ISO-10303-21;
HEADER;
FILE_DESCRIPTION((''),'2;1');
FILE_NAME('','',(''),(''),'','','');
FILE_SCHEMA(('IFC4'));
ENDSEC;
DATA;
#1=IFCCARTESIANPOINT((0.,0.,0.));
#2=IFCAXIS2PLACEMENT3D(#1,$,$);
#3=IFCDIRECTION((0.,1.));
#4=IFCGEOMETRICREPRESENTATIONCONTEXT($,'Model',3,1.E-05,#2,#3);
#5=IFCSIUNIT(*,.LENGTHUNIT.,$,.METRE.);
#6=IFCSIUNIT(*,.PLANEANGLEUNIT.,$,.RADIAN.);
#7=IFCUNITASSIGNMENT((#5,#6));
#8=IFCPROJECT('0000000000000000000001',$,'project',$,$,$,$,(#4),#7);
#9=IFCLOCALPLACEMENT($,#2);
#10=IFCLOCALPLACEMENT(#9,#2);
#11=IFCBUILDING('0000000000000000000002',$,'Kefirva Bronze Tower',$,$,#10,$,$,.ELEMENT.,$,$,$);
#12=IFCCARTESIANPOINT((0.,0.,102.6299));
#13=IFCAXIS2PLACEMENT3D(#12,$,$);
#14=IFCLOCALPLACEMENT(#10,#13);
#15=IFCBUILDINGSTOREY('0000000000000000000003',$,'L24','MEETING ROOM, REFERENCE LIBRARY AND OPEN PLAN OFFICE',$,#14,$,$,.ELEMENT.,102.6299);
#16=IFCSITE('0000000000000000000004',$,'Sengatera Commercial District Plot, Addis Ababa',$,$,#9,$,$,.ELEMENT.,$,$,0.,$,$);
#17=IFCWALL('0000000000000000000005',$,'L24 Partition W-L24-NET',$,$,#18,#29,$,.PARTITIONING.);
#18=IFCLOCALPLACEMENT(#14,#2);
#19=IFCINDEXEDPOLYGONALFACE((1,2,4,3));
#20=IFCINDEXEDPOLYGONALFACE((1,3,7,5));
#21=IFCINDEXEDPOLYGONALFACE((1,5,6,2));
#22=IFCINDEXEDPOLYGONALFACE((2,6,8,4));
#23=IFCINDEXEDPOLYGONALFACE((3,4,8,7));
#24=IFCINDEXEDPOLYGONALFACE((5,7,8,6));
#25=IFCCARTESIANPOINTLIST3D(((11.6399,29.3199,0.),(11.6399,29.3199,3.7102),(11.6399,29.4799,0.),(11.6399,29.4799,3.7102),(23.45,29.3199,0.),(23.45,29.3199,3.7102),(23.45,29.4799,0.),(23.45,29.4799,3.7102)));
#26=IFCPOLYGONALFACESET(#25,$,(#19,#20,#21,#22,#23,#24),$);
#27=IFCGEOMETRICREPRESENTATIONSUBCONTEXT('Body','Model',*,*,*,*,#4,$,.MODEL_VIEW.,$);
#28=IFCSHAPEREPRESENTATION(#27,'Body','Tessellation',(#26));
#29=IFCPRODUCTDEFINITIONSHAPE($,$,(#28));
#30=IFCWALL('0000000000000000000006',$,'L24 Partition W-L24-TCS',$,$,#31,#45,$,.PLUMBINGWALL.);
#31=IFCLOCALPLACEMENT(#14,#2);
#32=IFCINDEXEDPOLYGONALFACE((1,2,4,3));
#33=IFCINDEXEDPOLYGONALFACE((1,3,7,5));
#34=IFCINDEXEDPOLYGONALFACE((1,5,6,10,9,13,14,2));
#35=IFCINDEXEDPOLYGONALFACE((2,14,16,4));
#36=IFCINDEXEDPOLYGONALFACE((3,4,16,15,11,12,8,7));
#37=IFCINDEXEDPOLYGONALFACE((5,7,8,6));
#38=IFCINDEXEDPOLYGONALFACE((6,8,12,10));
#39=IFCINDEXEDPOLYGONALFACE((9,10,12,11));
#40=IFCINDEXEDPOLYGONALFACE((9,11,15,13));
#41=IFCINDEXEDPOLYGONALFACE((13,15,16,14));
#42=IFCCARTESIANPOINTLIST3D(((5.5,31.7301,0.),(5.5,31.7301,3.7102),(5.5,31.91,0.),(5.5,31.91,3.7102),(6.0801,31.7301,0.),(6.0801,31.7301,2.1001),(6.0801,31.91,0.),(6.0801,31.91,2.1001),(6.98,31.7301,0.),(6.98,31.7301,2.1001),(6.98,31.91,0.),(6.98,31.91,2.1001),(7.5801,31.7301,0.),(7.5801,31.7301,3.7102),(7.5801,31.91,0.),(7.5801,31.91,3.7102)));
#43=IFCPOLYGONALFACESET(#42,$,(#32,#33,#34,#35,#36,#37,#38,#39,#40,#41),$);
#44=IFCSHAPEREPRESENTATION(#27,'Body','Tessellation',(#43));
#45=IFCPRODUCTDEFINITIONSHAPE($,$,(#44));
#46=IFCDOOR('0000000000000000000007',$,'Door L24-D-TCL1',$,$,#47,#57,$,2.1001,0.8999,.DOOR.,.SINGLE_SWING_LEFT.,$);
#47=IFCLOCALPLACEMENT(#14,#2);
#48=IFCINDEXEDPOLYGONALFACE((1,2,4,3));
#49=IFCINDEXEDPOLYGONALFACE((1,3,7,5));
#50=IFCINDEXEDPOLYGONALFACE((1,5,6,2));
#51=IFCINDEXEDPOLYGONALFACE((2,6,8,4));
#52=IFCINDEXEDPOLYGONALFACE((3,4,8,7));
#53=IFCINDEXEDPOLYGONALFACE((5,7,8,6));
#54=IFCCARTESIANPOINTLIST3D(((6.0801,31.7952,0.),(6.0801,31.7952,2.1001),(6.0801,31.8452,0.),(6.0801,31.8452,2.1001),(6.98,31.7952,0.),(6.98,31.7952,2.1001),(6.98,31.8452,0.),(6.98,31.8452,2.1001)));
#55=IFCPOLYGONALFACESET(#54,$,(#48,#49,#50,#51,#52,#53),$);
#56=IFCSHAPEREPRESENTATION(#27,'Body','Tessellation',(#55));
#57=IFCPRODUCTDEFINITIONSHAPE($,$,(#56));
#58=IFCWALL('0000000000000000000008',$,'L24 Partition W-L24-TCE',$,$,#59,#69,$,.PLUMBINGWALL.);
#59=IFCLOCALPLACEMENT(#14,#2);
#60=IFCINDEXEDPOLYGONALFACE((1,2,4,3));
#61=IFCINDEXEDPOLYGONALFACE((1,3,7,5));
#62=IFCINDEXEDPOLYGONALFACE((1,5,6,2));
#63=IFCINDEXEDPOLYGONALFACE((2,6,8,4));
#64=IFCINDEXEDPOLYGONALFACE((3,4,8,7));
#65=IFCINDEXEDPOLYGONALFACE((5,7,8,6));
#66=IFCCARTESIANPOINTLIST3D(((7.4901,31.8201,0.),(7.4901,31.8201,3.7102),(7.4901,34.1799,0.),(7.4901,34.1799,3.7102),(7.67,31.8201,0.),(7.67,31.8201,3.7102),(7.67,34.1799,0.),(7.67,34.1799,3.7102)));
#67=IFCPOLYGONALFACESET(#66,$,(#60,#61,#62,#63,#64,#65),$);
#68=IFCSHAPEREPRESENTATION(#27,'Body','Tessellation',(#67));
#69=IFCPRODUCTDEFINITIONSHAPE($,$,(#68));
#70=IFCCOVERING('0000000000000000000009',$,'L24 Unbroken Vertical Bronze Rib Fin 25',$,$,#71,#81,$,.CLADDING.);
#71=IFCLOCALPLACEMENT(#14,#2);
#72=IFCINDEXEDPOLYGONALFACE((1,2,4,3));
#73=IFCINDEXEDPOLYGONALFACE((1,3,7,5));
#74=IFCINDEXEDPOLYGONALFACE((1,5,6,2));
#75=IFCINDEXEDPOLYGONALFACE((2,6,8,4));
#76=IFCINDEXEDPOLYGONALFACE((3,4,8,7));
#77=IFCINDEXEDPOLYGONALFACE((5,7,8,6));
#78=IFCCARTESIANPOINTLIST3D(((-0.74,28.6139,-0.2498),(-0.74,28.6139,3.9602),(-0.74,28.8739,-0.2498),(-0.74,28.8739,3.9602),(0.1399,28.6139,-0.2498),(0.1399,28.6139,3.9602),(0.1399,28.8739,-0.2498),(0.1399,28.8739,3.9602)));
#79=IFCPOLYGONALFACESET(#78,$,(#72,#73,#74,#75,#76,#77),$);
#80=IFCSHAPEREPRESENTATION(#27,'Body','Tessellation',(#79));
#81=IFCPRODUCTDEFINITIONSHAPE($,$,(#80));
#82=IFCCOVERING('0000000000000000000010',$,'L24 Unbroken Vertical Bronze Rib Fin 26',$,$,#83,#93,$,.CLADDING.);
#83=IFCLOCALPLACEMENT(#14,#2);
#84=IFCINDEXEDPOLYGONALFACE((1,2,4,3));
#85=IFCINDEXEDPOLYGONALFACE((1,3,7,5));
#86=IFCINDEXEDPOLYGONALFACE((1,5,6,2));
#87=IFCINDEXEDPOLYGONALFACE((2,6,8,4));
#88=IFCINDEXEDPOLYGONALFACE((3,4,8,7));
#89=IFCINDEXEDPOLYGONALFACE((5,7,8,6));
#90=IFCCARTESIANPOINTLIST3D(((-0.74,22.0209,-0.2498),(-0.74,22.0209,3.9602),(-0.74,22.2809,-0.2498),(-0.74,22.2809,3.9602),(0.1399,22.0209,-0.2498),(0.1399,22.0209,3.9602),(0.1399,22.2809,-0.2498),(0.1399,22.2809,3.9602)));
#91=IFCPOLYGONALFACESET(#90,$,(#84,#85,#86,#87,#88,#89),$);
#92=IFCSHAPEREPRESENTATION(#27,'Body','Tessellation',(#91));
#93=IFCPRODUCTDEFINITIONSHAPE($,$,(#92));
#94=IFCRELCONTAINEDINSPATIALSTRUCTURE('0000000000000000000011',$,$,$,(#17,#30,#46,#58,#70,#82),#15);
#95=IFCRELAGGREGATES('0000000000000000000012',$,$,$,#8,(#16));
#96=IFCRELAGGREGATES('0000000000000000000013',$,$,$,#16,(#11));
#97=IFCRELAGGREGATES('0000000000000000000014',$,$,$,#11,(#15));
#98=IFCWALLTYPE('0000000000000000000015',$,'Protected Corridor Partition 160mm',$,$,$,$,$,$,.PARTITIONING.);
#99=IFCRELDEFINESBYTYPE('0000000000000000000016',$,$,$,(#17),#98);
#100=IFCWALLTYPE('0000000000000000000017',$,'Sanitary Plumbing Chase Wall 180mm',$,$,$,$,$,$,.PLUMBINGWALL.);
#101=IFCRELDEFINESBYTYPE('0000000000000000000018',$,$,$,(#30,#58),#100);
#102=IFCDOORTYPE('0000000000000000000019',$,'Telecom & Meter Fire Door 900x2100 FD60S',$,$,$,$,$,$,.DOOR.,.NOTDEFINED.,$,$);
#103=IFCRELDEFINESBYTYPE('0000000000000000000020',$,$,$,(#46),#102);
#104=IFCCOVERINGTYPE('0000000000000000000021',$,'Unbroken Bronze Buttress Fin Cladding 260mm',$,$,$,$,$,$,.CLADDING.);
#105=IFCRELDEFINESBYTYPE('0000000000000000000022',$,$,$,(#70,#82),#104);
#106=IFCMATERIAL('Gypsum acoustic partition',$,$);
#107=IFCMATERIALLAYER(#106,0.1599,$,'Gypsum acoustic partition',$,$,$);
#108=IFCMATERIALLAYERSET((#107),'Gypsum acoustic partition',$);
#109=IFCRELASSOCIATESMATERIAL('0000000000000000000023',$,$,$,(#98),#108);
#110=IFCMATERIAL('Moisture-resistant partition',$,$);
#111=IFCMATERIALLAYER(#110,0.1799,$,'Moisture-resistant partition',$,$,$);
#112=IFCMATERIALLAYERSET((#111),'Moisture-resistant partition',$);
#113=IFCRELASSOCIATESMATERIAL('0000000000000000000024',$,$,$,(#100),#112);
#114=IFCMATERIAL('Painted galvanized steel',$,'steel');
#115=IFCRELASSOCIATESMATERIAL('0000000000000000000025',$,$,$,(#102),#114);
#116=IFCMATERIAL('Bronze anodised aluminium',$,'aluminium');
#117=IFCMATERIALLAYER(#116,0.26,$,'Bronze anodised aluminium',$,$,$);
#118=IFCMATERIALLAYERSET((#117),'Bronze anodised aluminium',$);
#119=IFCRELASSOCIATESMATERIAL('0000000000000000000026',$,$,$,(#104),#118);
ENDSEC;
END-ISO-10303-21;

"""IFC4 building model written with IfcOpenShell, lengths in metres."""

from ifc_helpers import new_model, si_unit, direction, frame, frame_2d, origin, origin_2d, place, context, subcontext, project, spatial, rectangle, extrude, material, layer, layer_set, type_object, element, fill, save


model = new_model("IFC4")

# Units and contexts
model_context = context("Model", 3, precision=1e-05, world=origin(), true_north=direction((0.0, 1.0)))
body_context = subcontext(model_context, "Body", "Model", "MODEL_VIEW")
ifc_project = project(units=[si_unit("LENGTHUNIT", "METRE"), si_unit("PLANEANGLEUNIT", "RADIAN")], contexts=[model_context])

# Site, building, storey
site_placement = place(None, origin())
site = spatial("IfcSite", under=ifc_project, at=site_placement, Name="Sengatera Commercial District Plot, Addis Ababa", CompositionType="ELEMENT", RefElevation=0.0)
building_placement = place(site_placement, origin())
building = spatial("IfcBuilding", under=site, at=building_placement, Name="Kefirva Bronze Tower", CompositionType="ELEMENT")
storey_placement = place(building_placement, frame((0.0, 0.0, 102.6299)))
storey = spatial("IfcBuildingStorey", under=building, at=storey_placement, Name="L24", Description="MEETING ROOM, REFERENCE LIBRARY AND OPEN PLAN OFFICE", CompositionType="ELEMENT", Elevation=102.6299)

# Shared definitions
ifc_material_1 = material(Name="Bronze anodised aluminium", Category="aluminium")

# Wall
ifc_material_2 = material(Name="Gypsum acoustic partition")
ifc_layer_1 = layer(ifc_material_2, 0.1599, Name="Gypsum acoustic partition")
ifc_layer_set_1 = layer_set([ifc_layer_1], Name="Gypsum acoustic partition")
wall_type_1 = type_object("IfcWallType", Name="Protected Corridor Partition 160mm", PredefinedType="PARTITIONING", material=ifc_layer_set_1)
wall_1_placement = place(storey_placement, frame((11.6399, 29.3999, 0.0), z_axis=(0.0, 0.0, 1.0), x_axis=(1.0, 0.0, 0.0)))
element("IfcWall", 1, at=wall_1_placement, inside=storey, type_object=wall_type_1, Name="L24 Partition W-L24-NET", PredefinedType="PARTITIONING", context=body_context, shape_type="SweptSolid", body=[
    extrude(rectangle(XDim=11.8101, YDim=0.1599, at=frame_2d((5.905, 0.0))), origin(), (0.0, 0.0, 1.0), 3.7102),
])

# Wall, opening, door
ifc_material_3 = material(Name="Moisture-resistant partition")
ifc_layer_2 = layer(ifc_material_3, 0.1799, Name="Moisture-resistant partition")
ifc_layer_set_2 = layer_set([ifc_layer_2], Name="Moisture-resistant partition")
wall_type_2 = type_object("IfcWallType", Name="Sanitary Plumbing Chase Wall 180mm", PredefinedType="PLUMBINGWALL", material=ifc_layer_set_2)
wall_2_placement = place(storey_placement, frame((5.5, 31.8201, 0.0), z_axis=(0.0, 0.0, 1.0), x_axis=(1.0, 0.0, 0.0)))
wall_2 = element("IfcWall", 2, at=wall_2_placement, inside=storey, type_object=wall_type_2, Name="L24 Partition W-L24-TCS", PredefinedType="PLUMBINGWALL", context=body_context, shape_type="SweptSolid", body=[
    extrude(rectangle(XDim=2.0801, YDim=0.1799, at=frame_2d((1.04, 0.0))), origin(), (0.0, 0.0, 1.0), 3.7102),
])
opening_placement = place(wall_2_placement, frame((1.48, 0.0, 0.0), z_axis=(0.0, 0.0, 1.0), x_axis=(-1.0, 0.0, 0.0)))
opening = element("IfcOpeningElement", 3, at=opening_placement, cuts=wall_2, PredefinedType="OPENING", context=body_context, shape_type="SweptSolid", body=[
    extrude(rectangle(XDim=0.8999, YDim=2.1001, at=frame_2d((0.45, 1.05))), frame((0.0, 0.1001, 0.0), z_axis=(0.0, -1.0, 0.0), x_axis=(1.0, 0.0, 0.0)), (0.0, 0.0, 1.0), 0.2),
])
ifc_material_4 = material(Name="Painted galvanized steel", Category="steel")
door_type = type_object("IfcDoorType", Name="Telecom & Meter Fire Door 900x2100 FD60S", OperationType="NOTDEFINED", PredefinedType="DOOR", material=ifc_material_4)
door_placement = place(opening_placement, origin())
door = element("IfcDoor", 4, at=door_placement, inside=storey, type_object=door_type, Name="Door L24-D-TCL1", OperationType="SINGLE_SWING_LEFT", OverallHeight=2.1001, OverallWidth=0.8999, PredefinedType="DOOR", context=body_context, shape_type="SweptSolid", body=[
    extrude(rectangle(XDim=0.8999, YDim=2.1001, at=frame_2d((0.45, 1.05))), frame((0.0, 0.0249, 0.0), z_axis=(0.0, -1.0, 0.0), x_axis=(1.0, 0.0, 0.0)), (0.0, 0.0, 1.0), 0.05),
])
fill(opening, door)

# Wall
wall_3_placement = place(storey_placement, frame((7.5801, 31.8201, 0.0), z_axis=(0.0, 0.0, 1.0), x_axis=(0.0, 1.0, 0.0)))
element("IfcWall", 5, at=wall_3_placement, inside=storey, type_object=wall_type_2, Name="L24 Partition W-L24-TCE", PredefinedType="PLUMBINGWALL", context=body_context, shape_type="SweptSolid", body=[
    extrude(rectangle(XDim=2.3599, YDim=0.1799, at=frame_2d((1.1799, 0.0))), origin(), (0.0, 0.0, 1.0), 3.7102),
])

# Coverings
ifc_layer_3 = layer(ifc_material_1, 0.26, Name="Bronze anodised aluminium")
ifc_layer_set_3 = layer_set([ifc_layer_3], Name="Bronze anodised aluminium")
covering_type = type_object("IfcCoveringType", Name="Unbroken Bronze Buttress Fin Cladding 260mm", PredefinedType="CLADDING", material=ifc_layer_set_3)
for number, where, z_axis, x_axis, name in (
    (6, (-0.3, 28.7439, -0.2498), (0.0, 0.0, 1.0), (0.0, -1.0, 0.0), "L24 Unbroken Vertical Bronze Rib Fin 25"),
    (7, (-0.3, 22.1509, -0.2498), (0.0, 0.0, 1.0), (0.0, -1.0, 0.0), "L24 Unbroken Vertical Bronze Rib Fin 26"),
):
    element("IfcCovering", number, at=place(storey_placement, frame(where, z_axis=z_axis, x_axis=x_axis)), inside=storey, type_object=covering_type, Name=name, PredefinedType="CLADDING", context=body_context, shape_type="SweptSolid", body=[
        extrude(rectangle(XDim=0.26, YDim=0.8799, at=origin_2d()), origin(), (0.0, 0.0, 1.0), 4.21),
    ])

save(model, "model.ifc")
